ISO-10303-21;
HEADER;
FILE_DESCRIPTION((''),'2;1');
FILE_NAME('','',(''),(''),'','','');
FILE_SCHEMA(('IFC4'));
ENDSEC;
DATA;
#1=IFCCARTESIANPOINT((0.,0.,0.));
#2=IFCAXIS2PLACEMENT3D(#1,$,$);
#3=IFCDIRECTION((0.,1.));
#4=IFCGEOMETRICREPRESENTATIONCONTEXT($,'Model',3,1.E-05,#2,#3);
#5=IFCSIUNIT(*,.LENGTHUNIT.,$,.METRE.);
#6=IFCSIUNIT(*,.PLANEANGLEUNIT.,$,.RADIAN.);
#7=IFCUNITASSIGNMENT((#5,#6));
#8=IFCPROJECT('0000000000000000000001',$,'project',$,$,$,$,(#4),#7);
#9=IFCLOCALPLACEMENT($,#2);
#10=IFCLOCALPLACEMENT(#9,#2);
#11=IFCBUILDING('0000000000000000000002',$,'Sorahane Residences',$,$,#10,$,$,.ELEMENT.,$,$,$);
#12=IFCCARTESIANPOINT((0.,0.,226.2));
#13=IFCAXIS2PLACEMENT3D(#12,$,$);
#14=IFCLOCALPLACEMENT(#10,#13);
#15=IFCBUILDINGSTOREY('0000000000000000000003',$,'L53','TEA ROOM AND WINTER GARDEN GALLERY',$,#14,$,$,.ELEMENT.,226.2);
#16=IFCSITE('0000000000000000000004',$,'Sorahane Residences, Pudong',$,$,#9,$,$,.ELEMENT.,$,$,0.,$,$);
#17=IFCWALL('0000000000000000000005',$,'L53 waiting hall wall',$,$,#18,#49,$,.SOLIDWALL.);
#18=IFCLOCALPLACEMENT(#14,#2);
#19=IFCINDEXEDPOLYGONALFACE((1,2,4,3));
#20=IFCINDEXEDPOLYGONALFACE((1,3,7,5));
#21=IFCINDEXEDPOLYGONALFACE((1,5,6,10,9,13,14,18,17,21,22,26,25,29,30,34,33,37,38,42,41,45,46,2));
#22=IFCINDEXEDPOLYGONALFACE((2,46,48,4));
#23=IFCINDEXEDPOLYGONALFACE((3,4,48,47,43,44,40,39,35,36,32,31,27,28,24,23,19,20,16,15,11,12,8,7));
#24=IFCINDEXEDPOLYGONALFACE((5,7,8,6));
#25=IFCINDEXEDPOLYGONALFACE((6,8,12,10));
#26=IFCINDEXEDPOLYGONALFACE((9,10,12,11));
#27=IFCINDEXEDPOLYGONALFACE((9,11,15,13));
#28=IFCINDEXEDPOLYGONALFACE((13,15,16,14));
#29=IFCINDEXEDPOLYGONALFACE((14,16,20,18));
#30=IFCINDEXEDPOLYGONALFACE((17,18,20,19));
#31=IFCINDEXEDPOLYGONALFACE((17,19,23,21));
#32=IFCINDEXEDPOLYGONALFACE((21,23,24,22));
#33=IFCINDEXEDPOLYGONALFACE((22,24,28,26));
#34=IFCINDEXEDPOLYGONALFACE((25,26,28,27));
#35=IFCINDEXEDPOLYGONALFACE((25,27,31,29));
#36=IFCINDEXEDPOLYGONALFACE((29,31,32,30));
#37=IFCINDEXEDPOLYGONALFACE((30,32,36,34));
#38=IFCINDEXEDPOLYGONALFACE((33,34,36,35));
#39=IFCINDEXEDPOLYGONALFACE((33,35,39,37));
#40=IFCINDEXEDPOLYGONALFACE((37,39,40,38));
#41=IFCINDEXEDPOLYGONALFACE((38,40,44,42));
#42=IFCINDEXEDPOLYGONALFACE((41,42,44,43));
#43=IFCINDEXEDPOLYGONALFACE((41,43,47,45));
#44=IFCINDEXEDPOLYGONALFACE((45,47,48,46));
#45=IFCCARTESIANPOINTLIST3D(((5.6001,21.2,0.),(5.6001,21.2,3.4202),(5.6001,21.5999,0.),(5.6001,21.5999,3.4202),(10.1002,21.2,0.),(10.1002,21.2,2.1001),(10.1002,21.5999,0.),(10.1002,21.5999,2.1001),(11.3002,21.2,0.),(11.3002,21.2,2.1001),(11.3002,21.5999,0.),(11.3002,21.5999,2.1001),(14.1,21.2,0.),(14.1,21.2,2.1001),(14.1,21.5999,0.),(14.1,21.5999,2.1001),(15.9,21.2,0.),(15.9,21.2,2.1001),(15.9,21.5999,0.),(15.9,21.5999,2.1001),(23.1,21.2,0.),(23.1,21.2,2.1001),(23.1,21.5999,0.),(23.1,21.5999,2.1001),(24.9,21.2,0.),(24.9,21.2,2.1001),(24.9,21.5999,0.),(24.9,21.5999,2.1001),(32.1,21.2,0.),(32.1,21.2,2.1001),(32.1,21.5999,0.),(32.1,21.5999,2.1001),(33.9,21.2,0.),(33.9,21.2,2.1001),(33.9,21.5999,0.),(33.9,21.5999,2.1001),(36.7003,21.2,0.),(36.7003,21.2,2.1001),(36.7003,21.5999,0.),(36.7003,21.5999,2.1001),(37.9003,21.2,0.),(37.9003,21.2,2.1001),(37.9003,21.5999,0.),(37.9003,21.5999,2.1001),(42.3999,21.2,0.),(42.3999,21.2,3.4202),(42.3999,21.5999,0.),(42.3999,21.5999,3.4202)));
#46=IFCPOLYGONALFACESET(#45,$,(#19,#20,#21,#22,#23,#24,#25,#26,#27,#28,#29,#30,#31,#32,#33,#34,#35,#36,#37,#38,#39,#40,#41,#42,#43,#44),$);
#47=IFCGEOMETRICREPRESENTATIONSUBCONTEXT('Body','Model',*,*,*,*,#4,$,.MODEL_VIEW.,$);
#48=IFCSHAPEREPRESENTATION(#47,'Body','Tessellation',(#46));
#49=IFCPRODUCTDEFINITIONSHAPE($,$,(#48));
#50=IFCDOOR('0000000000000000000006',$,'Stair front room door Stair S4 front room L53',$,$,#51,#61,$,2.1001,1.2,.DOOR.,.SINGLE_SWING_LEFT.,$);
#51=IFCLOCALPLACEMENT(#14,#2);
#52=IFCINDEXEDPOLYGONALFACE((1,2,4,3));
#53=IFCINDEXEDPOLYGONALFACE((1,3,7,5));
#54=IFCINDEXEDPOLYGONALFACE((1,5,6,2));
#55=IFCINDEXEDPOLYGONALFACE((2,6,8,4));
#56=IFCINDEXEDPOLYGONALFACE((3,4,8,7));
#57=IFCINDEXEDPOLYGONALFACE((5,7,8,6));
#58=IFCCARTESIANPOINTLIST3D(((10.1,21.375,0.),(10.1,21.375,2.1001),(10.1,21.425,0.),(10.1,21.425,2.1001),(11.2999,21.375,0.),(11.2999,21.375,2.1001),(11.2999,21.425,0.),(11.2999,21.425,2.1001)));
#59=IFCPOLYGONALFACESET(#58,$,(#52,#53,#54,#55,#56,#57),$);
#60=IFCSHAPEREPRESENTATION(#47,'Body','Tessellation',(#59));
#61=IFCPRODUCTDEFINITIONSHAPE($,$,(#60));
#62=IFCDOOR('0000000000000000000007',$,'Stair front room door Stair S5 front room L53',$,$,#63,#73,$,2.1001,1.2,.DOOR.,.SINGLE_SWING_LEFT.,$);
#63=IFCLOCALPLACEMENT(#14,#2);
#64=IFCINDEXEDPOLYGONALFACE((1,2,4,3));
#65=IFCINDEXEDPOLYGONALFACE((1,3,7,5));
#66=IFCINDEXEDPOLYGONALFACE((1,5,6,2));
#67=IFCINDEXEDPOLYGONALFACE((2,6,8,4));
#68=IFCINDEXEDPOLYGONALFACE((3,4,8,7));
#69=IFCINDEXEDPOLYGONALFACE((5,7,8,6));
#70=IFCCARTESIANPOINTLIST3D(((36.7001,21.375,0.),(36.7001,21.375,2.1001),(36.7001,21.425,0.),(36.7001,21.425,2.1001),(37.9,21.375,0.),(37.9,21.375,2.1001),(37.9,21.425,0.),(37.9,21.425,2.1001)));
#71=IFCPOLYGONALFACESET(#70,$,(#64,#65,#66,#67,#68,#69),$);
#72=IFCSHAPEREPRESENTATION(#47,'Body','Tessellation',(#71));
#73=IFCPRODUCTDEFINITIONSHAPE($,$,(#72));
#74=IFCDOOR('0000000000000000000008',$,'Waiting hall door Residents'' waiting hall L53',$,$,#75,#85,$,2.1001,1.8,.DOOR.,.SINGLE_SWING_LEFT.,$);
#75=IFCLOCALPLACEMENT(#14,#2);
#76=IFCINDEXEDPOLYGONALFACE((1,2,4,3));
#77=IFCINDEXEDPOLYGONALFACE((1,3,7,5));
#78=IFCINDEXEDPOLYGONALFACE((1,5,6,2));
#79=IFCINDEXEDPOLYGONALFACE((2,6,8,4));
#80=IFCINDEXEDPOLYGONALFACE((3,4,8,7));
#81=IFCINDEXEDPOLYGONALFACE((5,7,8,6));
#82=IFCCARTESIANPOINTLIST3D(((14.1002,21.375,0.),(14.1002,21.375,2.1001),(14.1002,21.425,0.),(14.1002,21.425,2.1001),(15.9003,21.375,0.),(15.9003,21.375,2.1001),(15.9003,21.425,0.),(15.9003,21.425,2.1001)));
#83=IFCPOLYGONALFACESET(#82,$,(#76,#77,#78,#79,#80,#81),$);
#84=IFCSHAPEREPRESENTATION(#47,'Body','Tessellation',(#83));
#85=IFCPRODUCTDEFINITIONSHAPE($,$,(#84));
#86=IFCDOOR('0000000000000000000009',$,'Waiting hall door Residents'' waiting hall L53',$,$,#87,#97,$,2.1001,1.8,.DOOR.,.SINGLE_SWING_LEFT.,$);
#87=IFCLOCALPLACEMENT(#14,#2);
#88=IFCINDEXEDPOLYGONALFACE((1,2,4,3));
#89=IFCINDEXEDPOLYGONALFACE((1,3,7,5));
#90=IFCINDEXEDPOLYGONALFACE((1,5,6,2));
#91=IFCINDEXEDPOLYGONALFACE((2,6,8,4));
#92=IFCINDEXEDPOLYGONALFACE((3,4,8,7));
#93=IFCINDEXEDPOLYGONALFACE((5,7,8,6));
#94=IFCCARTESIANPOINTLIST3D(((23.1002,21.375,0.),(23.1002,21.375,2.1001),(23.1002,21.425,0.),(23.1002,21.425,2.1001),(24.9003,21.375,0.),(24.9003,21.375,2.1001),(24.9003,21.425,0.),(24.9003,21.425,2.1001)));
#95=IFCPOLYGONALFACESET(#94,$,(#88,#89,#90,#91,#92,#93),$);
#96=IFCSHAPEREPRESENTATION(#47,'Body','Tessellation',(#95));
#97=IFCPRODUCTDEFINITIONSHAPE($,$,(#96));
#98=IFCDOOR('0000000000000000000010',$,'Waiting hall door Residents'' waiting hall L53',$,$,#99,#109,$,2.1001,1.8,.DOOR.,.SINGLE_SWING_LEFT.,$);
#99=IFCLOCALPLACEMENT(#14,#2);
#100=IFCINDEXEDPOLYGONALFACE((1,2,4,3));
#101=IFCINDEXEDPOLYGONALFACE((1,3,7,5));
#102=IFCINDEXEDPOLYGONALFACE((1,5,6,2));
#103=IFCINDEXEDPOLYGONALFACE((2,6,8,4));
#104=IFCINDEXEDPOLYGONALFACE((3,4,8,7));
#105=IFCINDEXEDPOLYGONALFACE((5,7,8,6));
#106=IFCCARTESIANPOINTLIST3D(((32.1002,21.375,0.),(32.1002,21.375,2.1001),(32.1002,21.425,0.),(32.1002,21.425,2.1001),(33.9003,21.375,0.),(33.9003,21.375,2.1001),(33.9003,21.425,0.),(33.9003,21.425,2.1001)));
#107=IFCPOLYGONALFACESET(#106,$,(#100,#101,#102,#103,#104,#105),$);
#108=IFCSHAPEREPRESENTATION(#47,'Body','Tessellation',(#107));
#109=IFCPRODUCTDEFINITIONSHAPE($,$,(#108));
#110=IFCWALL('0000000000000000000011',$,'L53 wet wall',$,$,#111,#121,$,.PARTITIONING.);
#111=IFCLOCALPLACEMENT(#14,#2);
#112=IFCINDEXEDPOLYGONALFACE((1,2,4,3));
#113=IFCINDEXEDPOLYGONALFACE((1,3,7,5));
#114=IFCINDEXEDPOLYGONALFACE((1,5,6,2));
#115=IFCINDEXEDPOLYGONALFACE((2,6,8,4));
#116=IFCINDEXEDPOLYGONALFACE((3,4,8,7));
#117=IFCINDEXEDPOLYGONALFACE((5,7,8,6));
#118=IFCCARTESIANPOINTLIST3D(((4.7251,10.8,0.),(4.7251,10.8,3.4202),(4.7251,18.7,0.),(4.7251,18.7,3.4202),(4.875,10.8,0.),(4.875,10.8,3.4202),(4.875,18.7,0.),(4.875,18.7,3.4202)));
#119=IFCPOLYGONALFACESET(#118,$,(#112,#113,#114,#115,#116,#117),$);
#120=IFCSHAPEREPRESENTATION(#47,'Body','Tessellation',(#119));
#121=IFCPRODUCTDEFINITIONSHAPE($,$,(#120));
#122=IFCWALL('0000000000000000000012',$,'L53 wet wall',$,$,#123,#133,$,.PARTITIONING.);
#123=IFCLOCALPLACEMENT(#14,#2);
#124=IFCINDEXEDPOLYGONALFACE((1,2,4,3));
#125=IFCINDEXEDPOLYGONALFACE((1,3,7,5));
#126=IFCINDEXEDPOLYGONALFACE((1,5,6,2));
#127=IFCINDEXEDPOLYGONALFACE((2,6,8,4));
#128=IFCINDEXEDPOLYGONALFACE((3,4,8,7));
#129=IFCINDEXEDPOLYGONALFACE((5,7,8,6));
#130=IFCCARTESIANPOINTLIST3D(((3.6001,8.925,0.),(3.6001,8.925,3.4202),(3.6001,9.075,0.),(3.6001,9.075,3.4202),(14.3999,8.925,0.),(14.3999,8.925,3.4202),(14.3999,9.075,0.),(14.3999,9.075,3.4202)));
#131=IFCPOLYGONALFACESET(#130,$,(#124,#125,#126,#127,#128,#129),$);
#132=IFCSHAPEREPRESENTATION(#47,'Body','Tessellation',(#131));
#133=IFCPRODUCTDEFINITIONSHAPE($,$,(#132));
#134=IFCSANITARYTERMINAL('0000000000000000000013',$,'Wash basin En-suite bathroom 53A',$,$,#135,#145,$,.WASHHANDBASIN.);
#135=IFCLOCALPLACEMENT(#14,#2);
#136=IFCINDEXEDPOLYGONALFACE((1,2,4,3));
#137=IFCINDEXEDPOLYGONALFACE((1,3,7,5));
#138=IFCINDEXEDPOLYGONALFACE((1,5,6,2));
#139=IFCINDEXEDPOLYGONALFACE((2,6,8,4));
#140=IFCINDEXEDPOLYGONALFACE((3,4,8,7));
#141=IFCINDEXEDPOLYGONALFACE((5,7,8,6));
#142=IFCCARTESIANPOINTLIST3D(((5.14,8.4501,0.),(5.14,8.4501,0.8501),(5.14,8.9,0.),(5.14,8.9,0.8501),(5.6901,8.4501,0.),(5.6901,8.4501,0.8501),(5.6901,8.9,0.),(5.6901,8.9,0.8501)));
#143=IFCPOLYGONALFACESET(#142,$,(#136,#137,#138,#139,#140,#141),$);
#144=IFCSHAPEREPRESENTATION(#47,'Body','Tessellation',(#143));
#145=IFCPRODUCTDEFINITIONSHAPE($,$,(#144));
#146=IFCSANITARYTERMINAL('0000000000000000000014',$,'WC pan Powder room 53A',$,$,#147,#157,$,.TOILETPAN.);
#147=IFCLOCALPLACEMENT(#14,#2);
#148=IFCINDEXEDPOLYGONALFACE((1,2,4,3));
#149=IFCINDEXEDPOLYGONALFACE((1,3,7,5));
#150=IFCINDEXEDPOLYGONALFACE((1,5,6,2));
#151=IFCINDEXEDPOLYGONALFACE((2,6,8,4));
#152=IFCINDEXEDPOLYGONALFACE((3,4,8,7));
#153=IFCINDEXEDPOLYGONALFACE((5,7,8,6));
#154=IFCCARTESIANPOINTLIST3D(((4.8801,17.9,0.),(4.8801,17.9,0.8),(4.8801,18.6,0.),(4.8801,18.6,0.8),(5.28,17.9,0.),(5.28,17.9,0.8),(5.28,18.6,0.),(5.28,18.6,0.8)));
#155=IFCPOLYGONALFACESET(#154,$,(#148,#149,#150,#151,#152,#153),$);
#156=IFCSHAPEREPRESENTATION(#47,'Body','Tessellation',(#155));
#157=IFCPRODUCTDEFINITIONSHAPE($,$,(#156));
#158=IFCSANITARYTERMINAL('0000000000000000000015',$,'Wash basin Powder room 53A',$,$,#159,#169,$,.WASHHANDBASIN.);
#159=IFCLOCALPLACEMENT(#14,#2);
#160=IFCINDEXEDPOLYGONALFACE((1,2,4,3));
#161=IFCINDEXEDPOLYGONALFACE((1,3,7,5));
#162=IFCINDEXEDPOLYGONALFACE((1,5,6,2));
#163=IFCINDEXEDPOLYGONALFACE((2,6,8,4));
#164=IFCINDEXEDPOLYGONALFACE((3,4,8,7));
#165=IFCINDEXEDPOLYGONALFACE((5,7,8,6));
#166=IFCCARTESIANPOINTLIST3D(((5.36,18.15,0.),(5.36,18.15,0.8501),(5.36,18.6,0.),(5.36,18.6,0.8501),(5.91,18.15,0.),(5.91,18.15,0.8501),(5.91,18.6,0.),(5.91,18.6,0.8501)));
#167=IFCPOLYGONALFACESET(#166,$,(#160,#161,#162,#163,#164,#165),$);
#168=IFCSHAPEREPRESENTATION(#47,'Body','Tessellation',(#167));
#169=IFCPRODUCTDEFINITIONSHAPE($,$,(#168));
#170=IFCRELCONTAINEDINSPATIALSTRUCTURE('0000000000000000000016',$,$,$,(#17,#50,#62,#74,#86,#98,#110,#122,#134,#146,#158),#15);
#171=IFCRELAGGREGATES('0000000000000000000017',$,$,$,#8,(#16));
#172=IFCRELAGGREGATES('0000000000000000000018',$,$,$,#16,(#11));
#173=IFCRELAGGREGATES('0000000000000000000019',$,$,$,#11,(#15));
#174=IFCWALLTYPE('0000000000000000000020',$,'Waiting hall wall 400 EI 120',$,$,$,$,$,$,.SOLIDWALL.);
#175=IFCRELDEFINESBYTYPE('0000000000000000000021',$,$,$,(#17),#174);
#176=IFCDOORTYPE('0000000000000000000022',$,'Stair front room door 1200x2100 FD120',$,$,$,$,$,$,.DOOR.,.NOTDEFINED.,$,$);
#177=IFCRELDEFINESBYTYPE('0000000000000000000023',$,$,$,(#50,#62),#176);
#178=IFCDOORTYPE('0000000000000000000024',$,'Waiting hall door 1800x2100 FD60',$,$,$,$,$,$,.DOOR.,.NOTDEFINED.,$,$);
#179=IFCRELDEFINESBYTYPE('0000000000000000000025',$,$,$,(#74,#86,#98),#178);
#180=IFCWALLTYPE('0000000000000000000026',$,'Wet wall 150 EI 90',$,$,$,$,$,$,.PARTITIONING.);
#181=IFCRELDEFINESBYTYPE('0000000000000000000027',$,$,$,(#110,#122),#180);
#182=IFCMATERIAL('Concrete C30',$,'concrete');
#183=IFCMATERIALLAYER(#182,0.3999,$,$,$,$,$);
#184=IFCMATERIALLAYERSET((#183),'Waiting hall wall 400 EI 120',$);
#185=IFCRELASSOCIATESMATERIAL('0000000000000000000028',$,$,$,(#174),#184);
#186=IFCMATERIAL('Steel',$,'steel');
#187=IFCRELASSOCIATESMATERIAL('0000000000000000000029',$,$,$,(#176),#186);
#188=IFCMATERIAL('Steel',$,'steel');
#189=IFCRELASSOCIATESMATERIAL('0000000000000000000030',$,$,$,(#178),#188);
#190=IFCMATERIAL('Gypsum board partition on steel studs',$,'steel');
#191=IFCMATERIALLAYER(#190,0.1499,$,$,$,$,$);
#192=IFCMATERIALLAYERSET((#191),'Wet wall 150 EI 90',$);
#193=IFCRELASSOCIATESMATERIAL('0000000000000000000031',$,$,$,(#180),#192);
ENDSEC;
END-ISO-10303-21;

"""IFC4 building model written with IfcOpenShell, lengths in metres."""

from ifc_helpers import new_model, si_unit, direction, frame, frame_2d, origin, origin_2d, place, context, subcontext, project, spatial, rectangle, extrude, material, layer, layer_set, type_object, element, fill, save


model = new_model("IFC4")

# Units and contexts
model_context = context("Model", 3, precision=1e-05, world=origin(), true_north=direction((0.0, 1.0)))
body_context = subcontext(model_context, "Body", "Model", "MODEL_VIEW")
ifc_project = project(units=[si_unit("LENGTHUNIT", "METRE"), si_unit("PLANEANGLEUNIT", "RADIAN")], contexts=[model_context])

# Site, building, storey
site_placement = place(None, origin())
site = spatial("IfcSite", under=ifc_project, at=site_placement, Name="Sorahane Residences, Pudong", CompositionType="ELEMENT", RefElevation=0.0)
building_placement = place(site_placement, origin())
building = spatial("IfcBuilding", under=site, at=building_placement, Name="Sorahane Residences", CompositionType="ELEMENT")
storey_placement = place(building_placement, frame((0.0, 0.0, 226.2)))
storey = spatial("IfcBuildingStorey", under=building, at=storey_placement, Name="L53", Description="TEA ROOM AND WINTER GARDEN GALLERY", CompositionType="ELEMENT", Elevation=226.2)

# Wall, openings, doors
ifc_material_1 = material(Name="Concrete C30", Category="concrete")
ifc_layer_1 = layer(ifc_material_1, 0.3999)
ifc_layer_set_1 = layer_set([ifc_layer_1], Name="Waiting hall wall 400 EI 120")
wall_type_1 = type_object("IfcWallType", Name="Waiting hall wall 400 EI 120", PredefinedType="SOLIDWALL", material=ifc_layer_set_1)
wall_1_placement = place(storey_placement, frame((5.6001, 21.3999, 0.0), z_axis=(0.0, 0.0, 1.0), x_axis=(1.0, 0.0, 0.0)))
wall_1 = element("IfcWall", 1, at=wall_1_placement, inside=storey, type_object=wall_type_1, Name="L53 waiting hall wall", PredefinedType="SOLIDWALL", context=body_context, shape_type="SweptSolid", body=[
    extrude(rectangle(XDim=36.7998, YDim=0.3999, at=frame_2d((18.3999, 0.0))), origin(), (0.0, 0.0, 1.0), 3.4202),
])
opening_1_placement = place(wall_1_placement, frame((8.5, 0.0, 0.0)))
opening_1 = element("IfcOpeningElement", 2, at=opening_1_placement, cuts=wall_1, PredefinedType="OPENING", context=body_context, shape_type="SweptSolid", body=[
    extrude(rectangle(XDim=1.8, YDim=2.1001, at=frame_2d((0.8999, 1.05))), frame((0.0, 0.21, 0.0), z_axis=(0.0, -1.0, 0.0), x_axis=(1.0, 0.0, 0.0)), (0.0, 0.0, 1.0), 0.4199),
])
opening_2_placement = place(wall_1_placement, frame((17.5, 0.0, 0.0)))
opening_2 = element("IfcOpeningElement", 3, at=opening_2_placement, cuts=wall_1, PredefinedType="OPENING", context=body_context, shape_type="SweptSolid", body=[
    extrude(rectangle(XDim=1.8, YDim=2.1001, at=frame_2d((0.8999, 1.05))), frame((0.0, 0.21, 0.0), z_axis=(0.0, -1.0, 0.0), x_axis=(1.0, 0.0, 0.0)), (0.0, 0.0, 1.0), 0.4199),
])
opening_3_placement = place(wall_1_placement, frame((26.5, 0.0, 0.0)))
opening_3 = element("IfcOpeningElement", 4, at=opening_3_placement, cuts=wall_1, PredefinedType="OPENING", context=body_context, shape_type="SweptSolid", body=[
    extrude(rectangle(XDim=1.8, YDim=2.1001, at=frame_2d((0.8999, 1.05))), frame((0.0, 0.21, 0.0), z_axis=(0.0, -1.0, 0.0), x_axis=(1.0, 0.0, 0.0)), (0.0, 0.0, 1.0), 0.4199),
])
opening_4_placement = place(wall_1_placement, frame((4.5, 0.0, 0.0)))
opening_4 = element("IfcOpeningElement", 5, at=opening_4_placement, cuts=wall_1, PredefinedType="OPENING", context=body_context, shape_type="SweptSolid", body=[
    extrude(rectangle(XDim=1.2, YDim=2.1001, at=frame_2d((0.6001, 1.05))), frame((0.0, 0.21, 0.0), z_axis=(0.0, -1.0, 0.0), x_axis=(1.0, 0.0, 0.0)), (0.0, 0.0, 1.0), 0.4199),
])
opening_5_placement = place(wall_1_placement, frame((31.1001, 0.0, 0.0)))
opening_5 = element("IfcOpeningElement", 6, at=opening_5_placement, cuts=wall_1, PredefinedType="OPENING", context=body_context, shape_type="SweptSolid", body=[
    extrude(rectangle(XDim=1.2, YDim=2.1001, at=frame_2d((0.6001, 1.05))), frame((0.0, 0.21, 0.0), z_axis=(0.0, -1.0, 0.0), x_axis=(1.0, 0.0, 0.0)), (0.0, 0.0, 1.0), 0.4199),
])
ifc_material_2 = material(Name="Steel", Category="steel")
door_type_1 = type_object("IfcDoorType", Name="Stair front room door 1200x2100 FD120", OperationType="NOTDEFINED", PredefinedType="DOOR", material=ifc_material_2)
door_1_placement = place(opening_4_placement, frame((1.2, 0.0, 0.0), z_axis=(0.0, 0.0, 1.0), x_axis=(-1.0, 0.0, 0.0)))
door_1 = element("IfcDoor", 7, at=door_1_placement, inside=storey, type_object=door_type_1, Name="Stair front room door Stair S4 front room L53", OperationType="SINGLE_SWING_LEFT", OverallHeight=2.1001, OverallWidth=1.2, PredefinedType="DOOR", context=body_context, shape_type="SweptSolid", body=[
    extrude(rectangle(XDim=1.2, YDim=2.1001, at=frame_2d((0.6001, 1.05))), frame((0.0, 0.0249, 0.0), z_axis=(0.0, -1.0, 0.0), x_axis=(1.0, 0.0, 0.0)), (0.0, 0.0, 1.0), 0.05),
])
fill(opening_4, door_1)
door_2_placement = place(opening_5_placement, frame((1.2, 0.0, 0.0), z_axis=(0.0, 0.0, 1.0), x_axis=(-1.0, 0.0, 0.0)))
door_2 = element("IfcDoor", 8, at=door_2_placement, inside=storey, type_object=door_type_1, Name="Stair front room door Stair S5 front room L53", OperationType="SINGLE_SWING_LEFT", OverallHeight=2.1001, OverallWidth=1.2, PredefinedType="DOOR", context=body_context, shape_type="SweptSolid", body=[
    extrude(rectangle(XDim=1.2, YDim=2.1001, at=frame_2d((0.6001, 1.05))), frame((0.0, 0.0249, 0.0), z_axis=(0.0, -1.0, 0.0), x_axis=(1.0, 0.0, 0.0)), (0.0, 0.0, 1.0), 0.05),
])
fill(opening_5, door_2)
ifc_material_3 = material(Name="Steel", Category="steel")
door_type_2 = type_object("IfcDoorType", Name="Waiting hall door 1800x2100 FD60", OperationType="NOTDEFINED", PredefinedType="DOOR", material=ifc_material_3)
door_3_placement = place(opening_1_placement, frame((1.8, 0.0, 0.0), z_axis=(0.0, 0.0, 1.0), x_axis=(-1.0, 0.0, 0.0)))
door_3 = element("IfcDoor", 9, at=door_3_placement, inside=storey, type_object=door_type_2, Name="Waiting hall door Residents' waiting hall L53", OperationType="SINGLE_SWING_LEFT", OverallHeight=2.1001, OverallWidth=1.8, PredefinedType="DOOR", context=body_context, shape_type="SweptSolid", body=[
    extrude(rectangle(XDim=1.8, YDim=2.1001, at=frame_2d((0.8999, 1.05))), frame((0.0, 0.0249, 0.0), z_axis=(0.0, -1.0, 0.0), x_axis=(1.0, 0.0, 0.0)), (0.0, 0.0, 1.0), 0.05),
])
fill(opening_1, door_3)
door_4_placement = place(opening_2_placement, frame((1.8, 0.0, 0.0), z_axis=(0.0, 0.0, 1.0), x_axis=(-1.0, 0.0, 0.0)))
door_4 = element("IfcDoor", 10, at=door_4_placement, inside=storey, type_object=door_type_2, Name="Waiting hall door Residents' waiting hall L53", OperationType="SINGLE_SWING_LEFT", OverallHeight=2.1001, OverallWidth=1.8, PredefinedType="DOOR", context=body_context, shape_type="SweptSolid", body=[
    extrude(rectangle(XDim=1.8, YDim=2.1001, at=frame_2d((0.8999, 1.05))), frame((0.0, 0.0249, 0.0), z_axis=(0.0, -1.0, 0.0), x_axis=(1.0, 0.0, 0.0)), (0.0, 0.0, 1.0), 0.05),
])
fill(opening_2, door_4)
door_5_placement = place(opening_3_placement, frame((1.8, 0.0, 0.0), z_axis=(0.0, 0.0, 1.0), x_axis=(-1.0, 0.0, 0.0)))
door_5 = element("IfcDoor", 11, at=door_5_placement, inside=storey, type_object=door_type_2, Name="Waiting hall door Residents' waiting hall L53", OperationType="SINGLE_SWING_LEFT", OverallHeight=2.1001, OverallWidth=1.8, PredefinedType="DOOR", context=body_context, shape_type="SweptSolid", body=[
    extrude(rectangle(XDim=1.8, YDim=2.1001, at=frame_2d((0.8999, 1.05))), frame((0.0, 0.0249, 0.0), z_axis=(0.0, -1.0, 0.0), x_axis=(1.0, 0.0, 0.0)), (0.0, 0.0, 1.0), 0.05),
])
fill(opening_3, door_5)

# Wall
ifc_material_4 = material(Name="Gypsum board partition on steel studs", Category="steel")
ifc_layer_2 = layer(ifc_material_4, 0.1499)
ifc_layer_set_2 = layer_set([ifc_layer_2], Name="Wet wall 150 EI 90")
wall_type_2 = type_object("IfcWallType", Name="Wet wall 150 EI 90", PredefinedType="PARTITIONING", material=ifc_layer_set_2)
wall_2_placement = place(storey_placement, frame((4.8, 10.8, 0.0), z_axis=(0.0, 0.0, 1.0), x_axis=(0.0, 1.0, 0.0)))
element("IfcWall", 12, at=wall_2_placement, inside=storey, type_object=wall_type_2, Name="L53 wet wall", PredefinedType="PARTITIONING", context=body_context, shape_type="SweptSolid", body=[
    extrude(rectangle(XDim=7.8999, YDim=0.1499, at=frame_2d((3.95, 0.0))), origin(), (0.0, 0.0, 1.0), 3.4202),
])

# Wall
wall_3_placement = place(storey_placement, frame((3.6001, 9.0, 0.0), z_axis=(0.0, 0.0, 1.0), x_axis=(1.0, 0.0, 0.0)))
element("IfcWall", 13, at=wall_3_placement, inside=storey, type_object=wall_type_2, Name="L53 wet wall", PredefinedType="PARTITIONING", context=body_context, shape_type="SweptSolid", body=[
    extrude(rectangle(XDim=10.7998, YDim=0.1499, at=frame_2d((5.3999, 0.0))), origin(), (0.0, 0.0, 1.0), 3.4202),
])

# Sanitary terminals
sanitary_terminal_1_placement = place(storey_placement, frame((5.415, 8.675, 0.0), z_axis=(0.0, 0.0, 1.0), x_axis=(1.0, 0.0, 0.0)))
element("IfcSanitaryTerminal", 14, at=sanitary_terminal_1_placement, inside=storey, Name="Wash basin En-suite bathroom 53A", PredefinedType="WASHHANDBASIN", context=body_context, shape_type="SweptSolid", body=[
    extrude(rectangle(XDim=0.55, YDim=0.45, at=origin_2d()), origin(), (0.0, 0.0, 1.0), 0.8501),
])
sanitary_terminal_2_placement = place(storey_placement, frame((5.0801, 18.25, 0.0), z_axis=(0.0, 0.0, 1.0), x_axis=(1.0, 0.0, 0.0)))
element("IfcSanitaryTerminal", 15, at=sanitary_terminal_2_placement, inside=storey, Name="WC pan Powder room 53A", PredefinedType="TOILETPAN", context=body_context, shape_type="SweptSolid", body=[
    extrude(rectangle(XDim=0.3999, YDim=0.7, at=origin_2d()), origin(), (0.0, 0.0, 1.0), 0.8),
])
sanitary_terminal_3_placement = place(storey_placement, frame((5.635, 18.375, 0.0), z_axis=(0.0, 0.0, 1.0), x_axis=(1.0, 0.0, 0.0)))
element("IfcSanitaryTerminal", 16, at=sanitary_terminal_3_placement, inside=storey, Name="Wash basin Powder room 53A", PredefinedType="WASHHANDBASIN", context=body_context, shape_type="SweptSolid", body=[
    extrude(rectangle(XDim=0.55, YDim=0.45, at=origin_2d()), origin(), (0.0, 0.0, 1.0), 0.8501),
])

save(model, "model.ifc")
